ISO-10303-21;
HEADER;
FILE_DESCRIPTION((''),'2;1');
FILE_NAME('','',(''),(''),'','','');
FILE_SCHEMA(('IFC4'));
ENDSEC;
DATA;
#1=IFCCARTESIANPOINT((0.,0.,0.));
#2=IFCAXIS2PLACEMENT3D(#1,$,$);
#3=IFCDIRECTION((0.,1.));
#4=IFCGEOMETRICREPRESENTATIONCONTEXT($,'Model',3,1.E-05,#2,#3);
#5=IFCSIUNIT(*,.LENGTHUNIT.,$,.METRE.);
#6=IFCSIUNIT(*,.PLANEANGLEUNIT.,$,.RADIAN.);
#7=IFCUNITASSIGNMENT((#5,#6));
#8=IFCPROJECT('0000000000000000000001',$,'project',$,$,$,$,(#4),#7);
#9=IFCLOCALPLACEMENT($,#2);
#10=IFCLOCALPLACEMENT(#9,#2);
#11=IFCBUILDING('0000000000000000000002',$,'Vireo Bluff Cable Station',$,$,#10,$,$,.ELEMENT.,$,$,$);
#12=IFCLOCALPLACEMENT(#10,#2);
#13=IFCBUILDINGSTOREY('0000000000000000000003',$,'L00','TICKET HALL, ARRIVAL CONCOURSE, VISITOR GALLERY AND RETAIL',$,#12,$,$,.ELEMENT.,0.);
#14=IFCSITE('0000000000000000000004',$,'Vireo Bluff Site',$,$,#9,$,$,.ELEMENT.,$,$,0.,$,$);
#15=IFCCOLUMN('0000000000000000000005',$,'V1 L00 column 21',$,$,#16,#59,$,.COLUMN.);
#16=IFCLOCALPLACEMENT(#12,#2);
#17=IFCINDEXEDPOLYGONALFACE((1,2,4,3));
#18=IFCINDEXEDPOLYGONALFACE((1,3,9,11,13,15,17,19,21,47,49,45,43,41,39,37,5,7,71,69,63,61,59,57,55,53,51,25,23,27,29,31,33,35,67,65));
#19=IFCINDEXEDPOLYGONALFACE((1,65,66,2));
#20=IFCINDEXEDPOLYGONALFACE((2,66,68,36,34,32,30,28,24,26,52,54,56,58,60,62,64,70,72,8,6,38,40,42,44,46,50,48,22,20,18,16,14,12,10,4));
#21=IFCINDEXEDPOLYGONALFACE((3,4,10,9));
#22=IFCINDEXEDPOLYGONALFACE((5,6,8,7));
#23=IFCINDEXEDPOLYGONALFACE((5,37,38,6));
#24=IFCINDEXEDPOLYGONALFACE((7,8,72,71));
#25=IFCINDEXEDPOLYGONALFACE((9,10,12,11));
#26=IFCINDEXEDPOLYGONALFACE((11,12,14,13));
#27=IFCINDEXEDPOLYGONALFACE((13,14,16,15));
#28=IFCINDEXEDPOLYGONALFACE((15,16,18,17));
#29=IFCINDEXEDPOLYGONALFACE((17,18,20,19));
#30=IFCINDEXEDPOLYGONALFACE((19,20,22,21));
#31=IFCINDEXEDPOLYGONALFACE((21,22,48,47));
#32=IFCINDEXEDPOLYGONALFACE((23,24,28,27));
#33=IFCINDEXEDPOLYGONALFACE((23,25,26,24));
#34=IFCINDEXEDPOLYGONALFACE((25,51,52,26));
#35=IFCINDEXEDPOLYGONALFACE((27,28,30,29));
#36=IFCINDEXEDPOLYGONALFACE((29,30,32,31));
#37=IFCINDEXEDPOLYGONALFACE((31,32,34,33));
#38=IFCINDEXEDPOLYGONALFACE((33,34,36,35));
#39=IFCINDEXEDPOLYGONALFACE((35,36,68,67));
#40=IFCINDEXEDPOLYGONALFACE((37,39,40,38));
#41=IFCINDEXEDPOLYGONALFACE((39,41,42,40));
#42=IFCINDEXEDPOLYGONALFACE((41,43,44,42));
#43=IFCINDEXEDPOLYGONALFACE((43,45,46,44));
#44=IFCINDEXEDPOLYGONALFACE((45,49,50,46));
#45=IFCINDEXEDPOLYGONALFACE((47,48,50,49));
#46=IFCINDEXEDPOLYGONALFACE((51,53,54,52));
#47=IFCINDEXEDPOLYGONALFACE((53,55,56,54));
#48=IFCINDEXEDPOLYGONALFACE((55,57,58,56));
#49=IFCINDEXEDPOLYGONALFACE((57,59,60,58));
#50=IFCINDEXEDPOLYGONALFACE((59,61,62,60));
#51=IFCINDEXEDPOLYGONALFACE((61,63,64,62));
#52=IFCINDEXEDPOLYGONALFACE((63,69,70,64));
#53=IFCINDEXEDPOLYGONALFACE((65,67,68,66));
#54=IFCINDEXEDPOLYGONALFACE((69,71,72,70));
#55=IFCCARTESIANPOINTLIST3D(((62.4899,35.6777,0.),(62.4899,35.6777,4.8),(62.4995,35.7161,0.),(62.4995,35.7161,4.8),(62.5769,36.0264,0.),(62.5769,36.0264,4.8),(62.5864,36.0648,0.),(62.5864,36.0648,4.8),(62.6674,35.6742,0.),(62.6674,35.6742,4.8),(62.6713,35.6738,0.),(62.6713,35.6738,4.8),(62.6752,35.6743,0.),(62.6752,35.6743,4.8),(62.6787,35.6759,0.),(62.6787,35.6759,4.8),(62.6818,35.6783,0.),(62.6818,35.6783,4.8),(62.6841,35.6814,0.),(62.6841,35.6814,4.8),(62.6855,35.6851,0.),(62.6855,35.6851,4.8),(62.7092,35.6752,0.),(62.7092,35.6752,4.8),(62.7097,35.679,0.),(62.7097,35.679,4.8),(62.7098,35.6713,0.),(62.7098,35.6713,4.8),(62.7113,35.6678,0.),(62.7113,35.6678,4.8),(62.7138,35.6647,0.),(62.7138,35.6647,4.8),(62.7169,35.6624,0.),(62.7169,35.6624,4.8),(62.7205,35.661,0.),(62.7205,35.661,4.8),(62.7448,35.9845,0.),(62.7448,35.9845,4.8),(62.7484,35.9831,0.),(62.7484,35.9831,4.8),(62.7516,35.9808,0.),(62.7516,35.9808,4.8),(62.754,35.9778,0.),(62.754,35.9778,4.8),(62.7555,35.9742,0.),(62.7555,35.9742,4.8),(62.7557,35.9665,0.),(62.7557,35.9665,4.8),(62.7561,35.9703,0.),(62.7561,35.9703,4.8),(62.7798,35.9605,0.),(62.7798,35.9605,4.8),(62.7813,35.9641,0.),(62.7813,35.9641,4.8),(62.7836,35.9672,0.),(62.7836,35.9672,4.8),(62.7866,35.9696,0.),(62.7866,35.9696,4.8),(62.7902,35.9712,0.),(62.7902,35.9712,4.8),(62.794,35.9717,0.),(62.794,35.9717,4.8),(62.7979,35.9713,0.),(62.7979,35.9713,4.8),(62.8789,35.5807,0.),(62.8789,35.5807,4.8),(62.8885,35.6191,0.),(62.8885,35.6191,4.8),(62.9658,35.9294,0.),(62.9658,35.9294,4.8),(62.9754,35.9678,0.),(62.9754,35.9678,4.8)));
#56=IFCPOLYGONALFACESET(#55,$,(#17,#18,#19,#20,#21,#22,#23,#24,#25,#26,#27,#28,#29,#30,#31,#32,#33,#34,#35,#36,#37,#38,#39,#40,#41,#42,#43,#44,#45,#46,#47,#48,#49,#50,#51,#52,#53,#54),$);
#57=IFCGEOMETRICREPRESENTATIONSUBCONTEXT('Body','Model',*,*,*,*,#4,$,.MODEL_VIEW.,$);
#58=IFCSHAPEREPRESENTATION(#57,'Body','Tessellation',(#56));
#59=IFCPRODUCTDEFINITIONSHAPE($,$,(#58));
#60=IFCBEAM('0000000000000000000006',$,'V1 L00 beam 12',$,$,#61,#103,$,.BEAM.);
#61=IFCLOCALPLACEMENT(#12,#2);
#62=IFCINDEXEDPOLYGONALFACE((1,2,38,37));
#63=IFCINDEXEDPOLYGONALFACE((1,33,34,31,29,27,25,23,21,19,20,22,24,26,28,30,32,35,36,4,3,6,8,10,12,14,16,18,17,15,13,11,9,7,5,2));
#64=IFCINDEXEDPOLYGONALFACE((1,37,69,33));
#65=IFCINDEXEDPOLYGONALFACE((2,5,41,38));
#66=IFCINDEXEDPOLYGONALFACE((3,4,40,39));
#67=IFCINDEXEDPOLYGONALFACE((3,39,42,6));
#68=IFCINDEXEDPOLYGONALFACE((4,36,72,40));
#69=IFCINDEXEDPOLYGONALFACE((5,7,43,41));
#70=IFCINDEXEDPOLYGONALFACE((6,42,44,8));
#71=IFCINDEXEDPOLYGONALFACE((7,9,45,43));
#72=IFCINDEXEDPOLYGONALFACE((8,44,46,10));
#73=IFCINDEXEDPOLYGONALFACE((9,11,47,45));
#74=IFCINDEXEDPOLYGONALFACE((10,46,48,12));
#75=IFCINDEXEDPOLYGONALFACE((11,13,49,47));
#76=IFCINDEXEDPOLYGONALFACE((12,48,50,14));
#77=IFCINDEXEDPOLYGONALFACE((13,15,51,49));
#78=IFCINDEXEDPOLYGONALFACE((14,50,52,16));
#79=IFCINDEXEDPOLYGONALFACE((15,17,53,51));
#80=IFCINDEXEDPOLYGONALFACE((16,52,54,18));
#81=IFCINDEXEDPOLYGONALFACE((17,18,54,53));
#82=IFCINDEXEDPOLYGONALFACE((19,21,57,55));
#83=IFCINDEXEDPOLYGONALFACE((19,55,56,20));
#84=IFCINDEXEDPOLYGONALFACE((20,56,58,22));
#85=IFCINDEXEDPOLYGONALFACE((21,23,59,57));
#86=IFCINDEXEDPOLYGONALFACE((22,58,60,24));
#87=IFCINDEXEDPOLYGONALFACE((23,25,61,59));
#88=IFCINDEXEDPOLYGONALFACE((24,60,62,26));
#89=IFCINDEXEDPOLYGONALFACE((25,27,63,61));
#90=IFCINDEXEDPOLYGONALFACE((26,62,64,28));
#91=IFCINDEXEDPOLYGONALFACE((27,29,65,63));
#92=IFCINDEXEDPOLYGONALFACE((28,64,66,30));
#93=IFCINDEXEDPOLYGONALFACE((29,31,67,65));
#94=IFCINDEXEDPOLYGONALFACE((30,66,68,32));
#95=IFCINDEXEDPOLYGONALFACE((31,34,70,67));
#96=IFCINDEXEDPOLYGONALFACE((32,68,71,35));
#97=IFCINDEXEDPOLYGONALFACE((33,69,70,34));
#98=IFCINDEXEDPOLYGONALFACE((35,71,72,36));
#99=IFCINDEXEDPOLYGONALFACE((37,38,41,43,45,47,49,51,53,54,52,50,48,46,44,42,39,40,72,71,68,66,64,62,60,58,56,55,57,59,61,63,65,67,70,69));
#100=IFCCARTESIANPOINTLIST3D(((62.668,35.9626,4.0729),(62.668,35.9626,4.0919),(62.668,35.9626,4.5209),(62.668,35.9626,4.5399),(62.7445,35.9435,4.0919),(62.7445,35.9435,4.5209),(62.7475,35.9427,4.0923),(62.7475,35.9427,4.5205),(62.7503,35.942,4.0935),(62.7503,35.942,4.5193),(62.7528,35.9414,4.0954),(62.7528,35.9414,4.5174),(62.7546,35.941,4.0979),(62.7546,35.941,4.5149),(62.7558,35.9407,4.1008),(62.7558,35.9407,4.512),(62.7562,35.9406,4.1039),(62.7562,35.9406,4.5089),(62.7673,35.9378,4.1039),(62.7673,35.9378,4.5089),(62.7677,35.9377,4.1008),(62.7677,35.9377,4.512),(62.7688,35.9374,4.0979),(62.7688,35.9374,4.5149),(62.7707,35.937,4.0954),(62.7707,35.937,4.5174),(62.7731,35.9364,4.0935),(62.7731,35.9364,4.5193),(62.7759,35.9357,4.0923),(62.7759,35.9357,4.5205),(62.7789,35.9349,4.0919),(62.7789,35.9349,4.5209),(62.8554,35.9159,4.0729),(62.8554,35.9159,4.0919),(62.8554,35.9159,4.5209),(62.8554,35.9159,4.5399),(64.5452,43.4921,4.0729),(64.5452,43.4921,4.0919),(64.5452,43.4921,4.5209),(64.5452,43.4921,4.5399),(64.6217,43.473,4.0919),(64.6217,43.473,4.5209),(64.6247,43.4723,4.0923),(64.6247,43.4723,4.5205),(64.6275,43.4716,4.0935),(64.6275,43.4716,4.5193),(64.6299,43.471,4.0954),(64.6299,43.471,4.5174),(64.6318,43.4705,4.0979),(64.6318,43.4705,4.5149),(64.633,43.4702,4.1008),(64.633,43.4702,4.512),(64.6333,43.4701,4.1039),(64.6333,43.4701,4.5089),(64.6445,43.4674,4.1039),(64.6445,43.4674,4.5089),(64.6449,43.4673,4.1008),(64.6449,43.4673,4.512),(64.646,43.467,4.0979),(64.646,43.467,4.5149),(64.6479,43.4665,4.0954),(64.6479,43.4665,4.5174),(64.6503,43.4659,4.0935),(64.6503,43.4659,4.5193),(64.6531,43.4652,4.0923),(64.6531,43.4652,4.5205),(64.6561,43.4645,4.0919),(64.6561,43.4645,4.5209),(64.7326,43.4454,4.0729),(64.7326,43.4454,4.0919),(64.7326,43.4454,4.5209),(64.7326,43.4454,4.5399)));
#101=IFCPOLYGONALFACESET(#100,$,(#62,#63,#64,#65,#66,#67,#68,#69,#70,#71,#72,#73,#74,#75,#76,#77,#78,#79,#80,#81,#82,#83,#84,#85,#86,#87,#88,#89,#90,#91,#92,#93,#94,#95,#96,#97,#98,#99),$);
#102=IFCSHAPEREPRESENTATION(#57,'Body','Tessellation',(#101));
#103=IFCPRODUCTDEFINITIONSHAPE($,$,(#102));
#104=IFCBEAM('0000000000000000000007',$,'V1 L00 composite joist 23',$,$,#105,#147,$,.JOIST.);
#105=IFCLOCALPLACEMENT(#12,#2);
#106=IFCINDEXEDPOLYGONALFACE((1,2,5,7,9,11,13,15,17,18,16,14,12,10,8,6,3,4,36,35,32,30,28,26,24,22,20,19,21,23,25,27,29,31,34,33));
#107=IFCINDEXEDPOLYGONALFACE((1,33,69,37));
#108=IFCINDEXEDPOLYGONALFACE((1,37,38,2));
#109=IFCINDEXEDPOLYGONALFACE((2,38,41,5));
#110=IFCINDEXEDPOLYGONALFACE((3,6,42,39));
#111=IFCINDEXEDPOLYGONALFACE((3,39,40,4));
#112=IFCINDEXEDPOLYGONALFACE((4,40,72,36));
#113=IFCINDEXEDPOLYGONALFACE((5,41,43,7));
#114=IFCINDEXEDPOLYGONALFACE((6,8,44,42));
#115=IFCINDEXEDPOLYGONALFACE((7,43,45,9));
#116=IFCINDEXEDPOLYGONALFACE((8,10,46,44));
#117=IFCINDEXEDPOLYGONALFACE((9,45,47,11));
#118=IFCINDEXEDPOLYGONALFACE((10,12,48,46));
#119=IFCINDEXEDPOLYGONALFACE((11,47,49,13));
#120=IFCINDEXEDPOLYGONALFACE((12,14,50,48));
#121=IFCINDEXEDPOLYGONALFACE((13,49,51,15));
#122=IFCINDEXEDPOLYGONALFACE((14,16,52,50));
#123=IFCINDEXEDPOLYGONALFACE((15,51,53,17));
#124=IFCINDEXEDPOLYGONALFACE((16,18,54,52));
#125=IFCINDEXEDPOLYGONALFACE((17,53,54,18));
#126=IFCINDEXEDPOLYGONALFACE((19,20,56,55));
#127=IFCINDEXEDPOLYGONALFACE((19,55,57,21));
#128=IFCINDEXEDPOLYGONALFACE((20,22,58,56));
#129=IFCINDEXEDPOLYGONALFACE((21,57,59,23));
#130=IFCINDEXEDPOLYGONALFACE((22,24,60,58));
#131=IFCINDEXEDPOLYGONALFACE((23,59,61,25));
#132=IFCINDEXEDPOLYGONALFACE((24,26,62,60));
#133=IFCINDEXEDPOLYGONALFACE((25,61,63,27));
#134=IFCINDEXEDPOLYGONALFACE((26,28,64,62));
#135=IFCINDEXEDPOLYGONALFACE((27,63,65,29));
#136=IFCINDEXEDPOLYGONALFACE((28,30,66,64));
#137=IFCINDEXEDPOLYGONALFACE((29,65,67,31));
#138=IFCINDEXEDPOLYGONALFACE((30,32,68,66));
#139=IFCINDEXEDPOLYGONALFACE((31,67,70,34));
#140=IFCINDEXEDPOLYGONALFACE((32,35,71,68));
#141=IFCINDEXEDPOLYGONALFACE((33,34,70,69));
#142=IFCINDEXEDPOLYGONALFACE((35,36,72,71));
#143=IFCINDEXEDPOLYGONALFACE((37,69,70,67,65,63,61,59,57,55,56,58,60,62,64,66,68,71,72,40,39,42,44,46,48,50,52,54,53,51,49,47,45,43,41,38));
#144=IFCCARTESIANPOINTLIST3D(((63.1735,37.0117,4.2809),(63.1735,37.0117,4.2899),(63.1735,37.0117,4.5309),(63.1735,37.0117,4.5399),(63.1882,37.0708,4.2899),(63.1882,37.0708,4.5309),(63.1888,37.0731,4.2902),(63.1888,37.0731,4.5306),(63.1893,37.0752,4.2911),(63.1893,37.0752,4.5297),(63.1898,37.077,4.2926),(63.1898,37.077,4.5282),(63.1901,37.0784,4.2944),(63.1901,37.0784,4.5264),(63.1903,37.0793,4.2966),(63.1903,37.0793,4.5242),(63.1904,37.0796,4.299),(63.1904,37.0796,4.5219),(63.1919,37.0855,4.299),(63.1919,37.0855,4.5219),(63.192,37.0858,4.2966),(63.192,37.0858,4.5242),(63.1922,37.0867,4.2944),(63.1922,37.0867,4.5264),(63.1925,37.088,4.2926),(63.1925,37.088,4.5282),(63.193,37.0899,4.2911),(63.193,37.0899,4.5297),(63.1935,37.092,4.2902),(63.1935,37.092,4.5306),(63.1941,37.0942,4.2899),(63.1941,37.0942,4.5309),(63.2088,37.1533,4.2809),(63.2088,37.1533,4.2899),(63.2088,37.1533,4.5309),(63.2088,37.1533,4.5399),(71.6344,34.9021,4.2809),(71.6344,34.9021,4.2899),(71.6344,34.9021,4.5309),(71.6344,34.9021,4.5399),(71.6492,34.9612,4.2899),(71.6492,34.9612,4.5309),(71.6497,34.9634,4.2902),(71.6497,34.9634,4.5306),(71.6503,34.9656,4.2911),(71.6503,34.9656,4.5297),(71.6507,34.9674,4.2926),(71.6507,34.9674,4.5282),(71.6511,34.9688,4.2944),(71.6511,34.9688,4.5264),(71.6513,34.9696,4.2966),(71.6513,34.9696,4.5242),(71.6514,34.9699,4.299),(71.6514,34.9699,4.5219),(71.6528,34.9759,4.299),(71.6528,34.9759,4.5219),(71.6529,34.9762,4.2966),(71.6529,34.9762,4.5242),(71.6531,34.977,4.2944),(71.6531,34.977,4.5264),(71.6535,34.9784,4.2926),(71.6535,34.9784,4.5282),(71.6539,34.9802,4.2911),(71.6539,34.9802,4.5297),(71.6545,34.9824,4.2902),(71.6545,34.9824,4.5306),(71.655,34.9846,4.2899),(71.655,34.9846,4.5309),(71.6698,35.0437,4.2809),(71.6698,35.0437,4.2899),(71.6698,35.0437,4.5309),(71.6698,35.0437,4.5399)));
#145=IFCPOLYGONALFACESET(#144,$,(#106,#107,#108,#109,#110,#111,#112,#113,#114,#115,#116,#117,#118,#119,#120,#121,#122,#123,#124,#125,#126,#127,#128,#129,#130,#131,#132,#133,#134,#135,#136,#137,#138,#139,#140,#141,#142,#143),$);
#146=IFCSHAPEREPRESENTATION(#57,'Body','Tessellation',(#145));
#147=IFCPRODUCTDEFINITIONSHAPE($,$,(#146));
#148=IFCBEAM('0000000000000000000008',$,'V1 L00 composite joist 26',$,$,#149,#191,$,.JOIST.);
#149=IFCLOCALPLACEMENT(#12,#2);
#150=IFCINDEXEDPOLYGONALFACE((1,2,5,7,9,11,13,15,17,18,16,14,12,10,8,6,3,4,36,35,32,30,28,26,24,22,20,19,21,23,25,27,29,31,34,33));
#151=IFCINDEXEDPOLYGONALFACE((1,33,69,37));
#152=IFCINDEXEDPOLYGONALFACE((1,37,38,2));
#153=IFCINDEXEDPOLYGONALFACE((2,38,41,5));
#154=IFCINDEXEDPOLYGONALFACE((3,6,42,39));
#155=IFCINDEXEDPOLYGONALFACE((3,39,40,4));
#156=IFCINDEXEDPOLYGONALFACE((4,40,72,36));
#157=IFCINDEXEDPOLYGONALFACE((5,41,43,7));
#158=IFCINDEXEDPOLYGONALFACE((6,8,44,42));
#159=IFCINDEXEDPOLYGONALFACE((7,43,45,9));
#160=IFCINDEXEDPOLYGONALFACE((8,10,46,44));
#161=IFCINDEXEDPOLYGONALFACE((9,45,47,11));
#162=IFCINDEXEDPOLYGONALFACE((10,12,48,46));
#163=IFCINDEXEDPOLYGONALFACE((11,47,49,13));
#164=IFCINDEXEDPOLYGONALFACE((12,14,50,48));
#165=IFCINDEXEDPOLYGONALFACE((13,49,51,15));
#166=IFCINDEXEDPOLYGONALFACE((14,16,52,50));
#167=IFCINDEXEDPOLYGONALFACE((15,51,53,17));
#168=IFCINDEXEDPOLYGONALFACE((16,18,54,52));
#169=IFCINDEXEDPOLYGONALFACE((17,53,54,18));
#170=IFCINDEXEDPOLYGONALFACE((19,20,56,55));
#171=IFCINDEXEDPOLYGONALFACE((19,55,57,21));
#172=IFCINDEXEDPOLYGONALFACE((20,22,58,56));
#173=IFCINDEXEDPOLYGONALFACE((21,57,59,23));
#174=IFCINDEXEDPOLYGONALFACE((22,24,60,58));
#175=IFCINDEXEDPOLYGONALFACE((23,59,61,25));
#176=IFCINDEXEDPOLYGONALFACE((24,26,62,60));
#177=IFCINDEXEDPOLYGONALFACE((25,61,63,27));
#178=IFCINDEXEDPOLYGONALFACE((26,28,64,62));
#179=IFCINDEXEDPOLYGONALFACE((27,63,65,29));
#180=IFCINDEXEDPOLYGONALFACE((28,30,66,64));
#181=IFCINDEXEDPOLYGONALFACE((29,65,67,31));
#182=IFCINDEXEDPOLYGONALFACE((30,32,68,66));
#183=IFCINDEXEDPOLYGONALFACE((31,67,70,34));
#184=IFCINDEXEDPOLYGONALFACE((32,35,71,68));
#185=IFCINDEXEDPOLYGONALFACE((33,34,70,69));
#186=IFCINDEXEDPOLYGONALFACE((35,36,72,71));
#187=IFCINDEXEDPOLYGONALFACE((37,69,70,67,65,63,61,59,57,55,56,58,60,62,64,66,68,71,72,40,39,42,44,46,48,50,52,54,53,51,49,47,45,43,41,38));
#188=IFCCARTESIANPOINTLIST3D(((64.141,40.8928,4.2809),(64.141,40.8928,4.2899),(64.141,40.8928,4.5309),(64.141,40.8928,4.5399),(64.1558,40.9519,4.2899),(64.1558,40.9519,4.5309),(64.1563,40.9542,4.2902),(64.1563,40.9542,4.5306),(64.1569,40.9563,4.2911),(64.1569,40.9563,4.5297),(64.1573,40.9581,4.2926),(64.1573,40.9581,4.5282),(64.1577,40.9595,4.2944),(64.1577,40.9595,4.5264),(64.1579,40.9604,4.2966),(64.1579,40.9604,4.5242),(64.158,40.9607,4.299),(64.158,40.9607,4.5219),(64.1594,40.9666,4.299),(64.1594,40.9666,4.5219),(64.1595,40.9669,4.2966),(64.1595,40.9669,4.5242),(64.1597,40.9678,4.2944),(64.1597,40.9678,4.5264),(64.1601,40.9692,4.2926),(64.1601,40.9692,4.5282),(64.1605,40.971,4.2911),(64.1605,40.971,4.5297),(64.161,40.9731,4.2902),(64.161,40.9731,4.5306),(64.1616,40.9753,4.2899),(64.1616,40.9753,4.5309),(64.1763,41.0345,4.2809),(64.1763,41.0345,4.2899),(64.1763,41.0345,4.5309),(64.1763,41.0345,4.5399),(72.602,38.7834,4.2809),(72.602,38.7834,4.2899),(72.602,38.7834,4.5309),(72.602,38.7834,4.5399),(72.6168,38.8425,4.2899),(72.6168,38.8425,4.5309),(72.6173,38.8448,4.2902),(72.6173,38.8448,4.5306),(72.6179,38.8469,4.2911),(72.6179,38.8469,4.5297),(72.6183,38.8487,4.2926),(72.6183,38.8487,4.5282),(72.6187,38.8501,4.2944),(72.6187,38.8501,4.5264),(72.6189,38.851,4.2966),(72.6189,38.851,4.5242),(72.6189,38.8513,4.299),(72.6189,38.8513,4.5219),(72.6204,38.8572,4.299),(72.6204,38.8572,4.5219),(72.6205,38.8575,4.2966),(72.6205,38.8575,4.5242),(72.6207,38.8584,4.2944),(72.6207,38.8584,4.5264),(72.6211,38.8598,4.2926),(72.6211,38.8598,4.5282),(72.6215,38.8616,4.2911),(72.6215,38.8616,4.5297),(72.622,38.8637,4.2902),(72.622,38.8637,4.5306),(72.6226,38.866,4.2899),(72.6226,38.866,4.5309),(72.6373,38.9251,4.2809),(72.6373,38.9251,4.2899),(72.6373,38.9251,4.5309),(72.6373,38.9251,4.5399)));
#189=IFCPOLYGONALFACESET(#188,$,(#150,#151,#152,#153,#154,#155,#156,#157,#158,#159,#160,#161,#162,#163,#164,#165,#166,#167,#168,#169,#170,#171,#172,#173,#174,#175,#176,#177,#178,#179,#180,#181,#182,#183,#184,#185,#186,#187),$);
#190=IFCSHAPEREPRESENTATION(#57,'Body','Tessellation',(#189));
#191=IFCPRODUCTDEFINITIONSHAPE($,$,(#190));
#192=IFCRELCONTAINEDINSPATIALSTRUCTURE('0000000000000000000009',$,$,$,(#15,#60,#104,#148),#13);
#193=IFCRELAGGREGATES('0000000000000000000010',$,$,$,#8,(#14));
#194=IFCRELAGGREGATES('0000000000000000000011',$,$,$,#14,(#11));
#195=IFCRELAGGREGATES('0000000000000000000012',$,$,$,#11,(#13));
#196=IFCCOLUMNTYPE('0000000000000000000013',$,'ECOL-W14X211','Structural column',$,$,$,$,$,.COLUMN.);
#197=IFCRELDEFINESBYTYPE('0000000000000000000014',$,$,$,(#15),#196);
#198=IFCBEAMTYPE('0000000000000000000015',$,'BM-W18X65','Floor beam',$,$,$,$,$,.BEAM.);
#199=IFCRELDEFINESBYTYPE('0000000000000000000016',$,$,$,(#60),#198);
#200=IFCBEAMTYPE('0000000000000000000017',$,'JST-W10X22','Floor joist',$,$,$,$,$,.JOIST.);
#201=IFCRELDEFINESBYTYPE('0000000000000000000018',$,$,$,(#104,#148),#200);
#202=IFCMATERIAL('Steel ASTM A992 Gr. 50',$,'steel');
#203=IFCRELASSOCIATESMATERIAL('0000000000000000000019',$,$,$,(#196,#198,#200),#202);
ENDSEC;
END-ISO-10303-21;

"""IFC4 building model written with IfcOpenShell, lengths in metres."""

from ifc_helpers import new_model, si_unit, direction, frame, origin, origin_2d, place, context, subcontext, project, spatial, i_section, extrude, material, material_profile, profile_set, type_object, element, save


model = new_model("IFC4")

# Units and contexts
model_context = context("Model", 3, precision=1e-05, world=origin(), true_north=direction((0.0, 1.0)))
body_context = subcontext(model_context, "Body", "Model", "MODEL_VIEW")
ifc_project = project(units=[si_unit("LENGTHUNIT", "METRE"), si_unit("PLANEANGLEUNIT", "RADIAN")], contexts=[model_context])

# Site, building, storey
site_placement = place(None, origin())
site = spatial("IfcSite", under=ifc_project, at=site_placement, Name="Vireo Bluff Site", CompositionType="ELEMENT", RefElevation=0.0)
building_placement = place(site_placement, origin())
building = spatial("IfcBuilding", under=site, at=building_placement, Name="Vireo Bluff Cable Station", CompositionType="ELEMENT")
storey_placement = place(building_placement, origin())
storey = spatial("IfcBuildingStorey", under=building, at=storey_placement, Name="L00", Description="TICKET HALL, ARRIVAL CONCOURSE, VISITOR GALLERY AND RETAIL", CompositionType="ELEMENT", Elevation=0.0)

# Column
ifc_material_1 = material(Name="Steel ASTM A992 Gr. 50", Category="steel")
ifc_material_profile_1 = material_profile(ifc_material_1, i_section(OverallWidth=0.4009, OverallDepth=0.3989, WebThickness=0.0249, FlangeThickness=0.0396, FilletRadius=0.0149, at=origin_2d()), Name="W14X211")
ifc_profile_set_1 = profile_set([ifc_material_profile_1], Name="Steel ASTM A992 Gr. 50")
column_type = type_object("IfcColumnType", Name="ECOL-W14X211", Description="Structural column", PredefinedType="COLUMN", material=ifc_profile_set_1)
column_placement = place(storey_placement, frame((62.7327, 35.8228, 0.0), z_axis=(0.0, 0.0, 1.0), x_axis=(0.970296, -0.241922, 0.0)))
element("IfcColumn", 1, at=column_placement, inside=storey, type_object=column_type, Name="V1 L00 column 21", PredefinedType="COLUMN", context=body_context, shape_type="SweptSolid", body=[
    extrude(i_section(OverallWidth=0.4009, OverallDepth=0.3989, WebThickness=0.0249, FlangeThickness=0.0396, FilletRadius=0.0149, at=origin_2d()), origin(), (0.0, 0.0, 1.0), 4.8),
])

# Beams
ifc_material_profile_2 = material_profile(ifc_material_1, i_section(OverallWidth=0.1931, OverallDepth=0.467, WebThickness=0.0115, FlangeThickness=0.019, FilletRadius=0.012, at=origin_2d()), Name="W18X65")
ifc_profile_set_2 = profile_set([ifc_material_profile_2], Name="Steel ASTM A992 Gr. 50")
beam_type_1 = type_object("IfcBeamType", Name="BM-W18X65", Description="Floor beam", PredefinedType="BEAM", material=ifc_profile_set_2)
beam_1_placement = place(storey_placement, frame((62.7617, 35.9392, 4.3064), z_axis=(0.241906, 0.9703, 0.0), x_axis=(-0.9703, 0.241906, 0.0)))
element("IfcBeam", 2, at=beam_1_placement, inside=storey, type_object=beam_type_1, Name="V1 L00 beam 12", PredefinedType="BEAM", context=body_context, shape_type="SweptSolid", body=[
    extrude(i_section(OverallWidth=0.1931, OverallDepth=0.467, WebThickness=0.0115, FlangeThickness=0.019, FilletRadius=0.012, at=origin_2d()), origin(), (0.0, 0.0, 1.0), 7.76),
])
ifc_material_profile_3 = material_profile(ifc_material_1, i_section(OverallWidth=0.146, OverallDepth=0.259, WebThickness=0.0061, FlangeThickness=0.009, FilletRadius=0.009, at=origin_2d()), Name="W10X22")
ifc_profile_set_3 = profile_set([ifc_material_profile_3], Name="Steel ASTM A992 Gr. 50")
beam_type_2 = type_object("IfcBeamType", Name="JST-W10X22", Description="Floor joist", PredefinedType="JOIST", material=ifc_profile_set_3)
for number, where, z_axis, x_axis, name in (
    (3, (63.1912, 37.0825, 4.4104), (0.970294, -0.24193, 0.0), (0.24193, 0.970294, 0.0), "V1 L00 composite joist 23"),
    (4, (64.1587, 40.9636, 4.4104), (0.9703, -0.241903, 0.0), (0.241903, 0.9703, 0.0), "V1 L00 composite joist 26"),
):
    element("IfcBeam", number, at=place(storey_placement, frame(where, z_axis=z_axis, x_axis=x_axis)), inside=storey, type_object=beam_type_2, Name=name, PredefinedType="JOIST", context=body_context, shape_type="SweptSolid", body=[
        extrude(i_section(OverallWidth=0.146, OverallDepth=0.259, WebThickness=0.0061, FlangeThickness=0.009, FilletRadius=0.009, at=origin_2d()), origin(), (0.0, 0.0, 1.0), 8.72),
    ])

save(model, "model.ifc")
